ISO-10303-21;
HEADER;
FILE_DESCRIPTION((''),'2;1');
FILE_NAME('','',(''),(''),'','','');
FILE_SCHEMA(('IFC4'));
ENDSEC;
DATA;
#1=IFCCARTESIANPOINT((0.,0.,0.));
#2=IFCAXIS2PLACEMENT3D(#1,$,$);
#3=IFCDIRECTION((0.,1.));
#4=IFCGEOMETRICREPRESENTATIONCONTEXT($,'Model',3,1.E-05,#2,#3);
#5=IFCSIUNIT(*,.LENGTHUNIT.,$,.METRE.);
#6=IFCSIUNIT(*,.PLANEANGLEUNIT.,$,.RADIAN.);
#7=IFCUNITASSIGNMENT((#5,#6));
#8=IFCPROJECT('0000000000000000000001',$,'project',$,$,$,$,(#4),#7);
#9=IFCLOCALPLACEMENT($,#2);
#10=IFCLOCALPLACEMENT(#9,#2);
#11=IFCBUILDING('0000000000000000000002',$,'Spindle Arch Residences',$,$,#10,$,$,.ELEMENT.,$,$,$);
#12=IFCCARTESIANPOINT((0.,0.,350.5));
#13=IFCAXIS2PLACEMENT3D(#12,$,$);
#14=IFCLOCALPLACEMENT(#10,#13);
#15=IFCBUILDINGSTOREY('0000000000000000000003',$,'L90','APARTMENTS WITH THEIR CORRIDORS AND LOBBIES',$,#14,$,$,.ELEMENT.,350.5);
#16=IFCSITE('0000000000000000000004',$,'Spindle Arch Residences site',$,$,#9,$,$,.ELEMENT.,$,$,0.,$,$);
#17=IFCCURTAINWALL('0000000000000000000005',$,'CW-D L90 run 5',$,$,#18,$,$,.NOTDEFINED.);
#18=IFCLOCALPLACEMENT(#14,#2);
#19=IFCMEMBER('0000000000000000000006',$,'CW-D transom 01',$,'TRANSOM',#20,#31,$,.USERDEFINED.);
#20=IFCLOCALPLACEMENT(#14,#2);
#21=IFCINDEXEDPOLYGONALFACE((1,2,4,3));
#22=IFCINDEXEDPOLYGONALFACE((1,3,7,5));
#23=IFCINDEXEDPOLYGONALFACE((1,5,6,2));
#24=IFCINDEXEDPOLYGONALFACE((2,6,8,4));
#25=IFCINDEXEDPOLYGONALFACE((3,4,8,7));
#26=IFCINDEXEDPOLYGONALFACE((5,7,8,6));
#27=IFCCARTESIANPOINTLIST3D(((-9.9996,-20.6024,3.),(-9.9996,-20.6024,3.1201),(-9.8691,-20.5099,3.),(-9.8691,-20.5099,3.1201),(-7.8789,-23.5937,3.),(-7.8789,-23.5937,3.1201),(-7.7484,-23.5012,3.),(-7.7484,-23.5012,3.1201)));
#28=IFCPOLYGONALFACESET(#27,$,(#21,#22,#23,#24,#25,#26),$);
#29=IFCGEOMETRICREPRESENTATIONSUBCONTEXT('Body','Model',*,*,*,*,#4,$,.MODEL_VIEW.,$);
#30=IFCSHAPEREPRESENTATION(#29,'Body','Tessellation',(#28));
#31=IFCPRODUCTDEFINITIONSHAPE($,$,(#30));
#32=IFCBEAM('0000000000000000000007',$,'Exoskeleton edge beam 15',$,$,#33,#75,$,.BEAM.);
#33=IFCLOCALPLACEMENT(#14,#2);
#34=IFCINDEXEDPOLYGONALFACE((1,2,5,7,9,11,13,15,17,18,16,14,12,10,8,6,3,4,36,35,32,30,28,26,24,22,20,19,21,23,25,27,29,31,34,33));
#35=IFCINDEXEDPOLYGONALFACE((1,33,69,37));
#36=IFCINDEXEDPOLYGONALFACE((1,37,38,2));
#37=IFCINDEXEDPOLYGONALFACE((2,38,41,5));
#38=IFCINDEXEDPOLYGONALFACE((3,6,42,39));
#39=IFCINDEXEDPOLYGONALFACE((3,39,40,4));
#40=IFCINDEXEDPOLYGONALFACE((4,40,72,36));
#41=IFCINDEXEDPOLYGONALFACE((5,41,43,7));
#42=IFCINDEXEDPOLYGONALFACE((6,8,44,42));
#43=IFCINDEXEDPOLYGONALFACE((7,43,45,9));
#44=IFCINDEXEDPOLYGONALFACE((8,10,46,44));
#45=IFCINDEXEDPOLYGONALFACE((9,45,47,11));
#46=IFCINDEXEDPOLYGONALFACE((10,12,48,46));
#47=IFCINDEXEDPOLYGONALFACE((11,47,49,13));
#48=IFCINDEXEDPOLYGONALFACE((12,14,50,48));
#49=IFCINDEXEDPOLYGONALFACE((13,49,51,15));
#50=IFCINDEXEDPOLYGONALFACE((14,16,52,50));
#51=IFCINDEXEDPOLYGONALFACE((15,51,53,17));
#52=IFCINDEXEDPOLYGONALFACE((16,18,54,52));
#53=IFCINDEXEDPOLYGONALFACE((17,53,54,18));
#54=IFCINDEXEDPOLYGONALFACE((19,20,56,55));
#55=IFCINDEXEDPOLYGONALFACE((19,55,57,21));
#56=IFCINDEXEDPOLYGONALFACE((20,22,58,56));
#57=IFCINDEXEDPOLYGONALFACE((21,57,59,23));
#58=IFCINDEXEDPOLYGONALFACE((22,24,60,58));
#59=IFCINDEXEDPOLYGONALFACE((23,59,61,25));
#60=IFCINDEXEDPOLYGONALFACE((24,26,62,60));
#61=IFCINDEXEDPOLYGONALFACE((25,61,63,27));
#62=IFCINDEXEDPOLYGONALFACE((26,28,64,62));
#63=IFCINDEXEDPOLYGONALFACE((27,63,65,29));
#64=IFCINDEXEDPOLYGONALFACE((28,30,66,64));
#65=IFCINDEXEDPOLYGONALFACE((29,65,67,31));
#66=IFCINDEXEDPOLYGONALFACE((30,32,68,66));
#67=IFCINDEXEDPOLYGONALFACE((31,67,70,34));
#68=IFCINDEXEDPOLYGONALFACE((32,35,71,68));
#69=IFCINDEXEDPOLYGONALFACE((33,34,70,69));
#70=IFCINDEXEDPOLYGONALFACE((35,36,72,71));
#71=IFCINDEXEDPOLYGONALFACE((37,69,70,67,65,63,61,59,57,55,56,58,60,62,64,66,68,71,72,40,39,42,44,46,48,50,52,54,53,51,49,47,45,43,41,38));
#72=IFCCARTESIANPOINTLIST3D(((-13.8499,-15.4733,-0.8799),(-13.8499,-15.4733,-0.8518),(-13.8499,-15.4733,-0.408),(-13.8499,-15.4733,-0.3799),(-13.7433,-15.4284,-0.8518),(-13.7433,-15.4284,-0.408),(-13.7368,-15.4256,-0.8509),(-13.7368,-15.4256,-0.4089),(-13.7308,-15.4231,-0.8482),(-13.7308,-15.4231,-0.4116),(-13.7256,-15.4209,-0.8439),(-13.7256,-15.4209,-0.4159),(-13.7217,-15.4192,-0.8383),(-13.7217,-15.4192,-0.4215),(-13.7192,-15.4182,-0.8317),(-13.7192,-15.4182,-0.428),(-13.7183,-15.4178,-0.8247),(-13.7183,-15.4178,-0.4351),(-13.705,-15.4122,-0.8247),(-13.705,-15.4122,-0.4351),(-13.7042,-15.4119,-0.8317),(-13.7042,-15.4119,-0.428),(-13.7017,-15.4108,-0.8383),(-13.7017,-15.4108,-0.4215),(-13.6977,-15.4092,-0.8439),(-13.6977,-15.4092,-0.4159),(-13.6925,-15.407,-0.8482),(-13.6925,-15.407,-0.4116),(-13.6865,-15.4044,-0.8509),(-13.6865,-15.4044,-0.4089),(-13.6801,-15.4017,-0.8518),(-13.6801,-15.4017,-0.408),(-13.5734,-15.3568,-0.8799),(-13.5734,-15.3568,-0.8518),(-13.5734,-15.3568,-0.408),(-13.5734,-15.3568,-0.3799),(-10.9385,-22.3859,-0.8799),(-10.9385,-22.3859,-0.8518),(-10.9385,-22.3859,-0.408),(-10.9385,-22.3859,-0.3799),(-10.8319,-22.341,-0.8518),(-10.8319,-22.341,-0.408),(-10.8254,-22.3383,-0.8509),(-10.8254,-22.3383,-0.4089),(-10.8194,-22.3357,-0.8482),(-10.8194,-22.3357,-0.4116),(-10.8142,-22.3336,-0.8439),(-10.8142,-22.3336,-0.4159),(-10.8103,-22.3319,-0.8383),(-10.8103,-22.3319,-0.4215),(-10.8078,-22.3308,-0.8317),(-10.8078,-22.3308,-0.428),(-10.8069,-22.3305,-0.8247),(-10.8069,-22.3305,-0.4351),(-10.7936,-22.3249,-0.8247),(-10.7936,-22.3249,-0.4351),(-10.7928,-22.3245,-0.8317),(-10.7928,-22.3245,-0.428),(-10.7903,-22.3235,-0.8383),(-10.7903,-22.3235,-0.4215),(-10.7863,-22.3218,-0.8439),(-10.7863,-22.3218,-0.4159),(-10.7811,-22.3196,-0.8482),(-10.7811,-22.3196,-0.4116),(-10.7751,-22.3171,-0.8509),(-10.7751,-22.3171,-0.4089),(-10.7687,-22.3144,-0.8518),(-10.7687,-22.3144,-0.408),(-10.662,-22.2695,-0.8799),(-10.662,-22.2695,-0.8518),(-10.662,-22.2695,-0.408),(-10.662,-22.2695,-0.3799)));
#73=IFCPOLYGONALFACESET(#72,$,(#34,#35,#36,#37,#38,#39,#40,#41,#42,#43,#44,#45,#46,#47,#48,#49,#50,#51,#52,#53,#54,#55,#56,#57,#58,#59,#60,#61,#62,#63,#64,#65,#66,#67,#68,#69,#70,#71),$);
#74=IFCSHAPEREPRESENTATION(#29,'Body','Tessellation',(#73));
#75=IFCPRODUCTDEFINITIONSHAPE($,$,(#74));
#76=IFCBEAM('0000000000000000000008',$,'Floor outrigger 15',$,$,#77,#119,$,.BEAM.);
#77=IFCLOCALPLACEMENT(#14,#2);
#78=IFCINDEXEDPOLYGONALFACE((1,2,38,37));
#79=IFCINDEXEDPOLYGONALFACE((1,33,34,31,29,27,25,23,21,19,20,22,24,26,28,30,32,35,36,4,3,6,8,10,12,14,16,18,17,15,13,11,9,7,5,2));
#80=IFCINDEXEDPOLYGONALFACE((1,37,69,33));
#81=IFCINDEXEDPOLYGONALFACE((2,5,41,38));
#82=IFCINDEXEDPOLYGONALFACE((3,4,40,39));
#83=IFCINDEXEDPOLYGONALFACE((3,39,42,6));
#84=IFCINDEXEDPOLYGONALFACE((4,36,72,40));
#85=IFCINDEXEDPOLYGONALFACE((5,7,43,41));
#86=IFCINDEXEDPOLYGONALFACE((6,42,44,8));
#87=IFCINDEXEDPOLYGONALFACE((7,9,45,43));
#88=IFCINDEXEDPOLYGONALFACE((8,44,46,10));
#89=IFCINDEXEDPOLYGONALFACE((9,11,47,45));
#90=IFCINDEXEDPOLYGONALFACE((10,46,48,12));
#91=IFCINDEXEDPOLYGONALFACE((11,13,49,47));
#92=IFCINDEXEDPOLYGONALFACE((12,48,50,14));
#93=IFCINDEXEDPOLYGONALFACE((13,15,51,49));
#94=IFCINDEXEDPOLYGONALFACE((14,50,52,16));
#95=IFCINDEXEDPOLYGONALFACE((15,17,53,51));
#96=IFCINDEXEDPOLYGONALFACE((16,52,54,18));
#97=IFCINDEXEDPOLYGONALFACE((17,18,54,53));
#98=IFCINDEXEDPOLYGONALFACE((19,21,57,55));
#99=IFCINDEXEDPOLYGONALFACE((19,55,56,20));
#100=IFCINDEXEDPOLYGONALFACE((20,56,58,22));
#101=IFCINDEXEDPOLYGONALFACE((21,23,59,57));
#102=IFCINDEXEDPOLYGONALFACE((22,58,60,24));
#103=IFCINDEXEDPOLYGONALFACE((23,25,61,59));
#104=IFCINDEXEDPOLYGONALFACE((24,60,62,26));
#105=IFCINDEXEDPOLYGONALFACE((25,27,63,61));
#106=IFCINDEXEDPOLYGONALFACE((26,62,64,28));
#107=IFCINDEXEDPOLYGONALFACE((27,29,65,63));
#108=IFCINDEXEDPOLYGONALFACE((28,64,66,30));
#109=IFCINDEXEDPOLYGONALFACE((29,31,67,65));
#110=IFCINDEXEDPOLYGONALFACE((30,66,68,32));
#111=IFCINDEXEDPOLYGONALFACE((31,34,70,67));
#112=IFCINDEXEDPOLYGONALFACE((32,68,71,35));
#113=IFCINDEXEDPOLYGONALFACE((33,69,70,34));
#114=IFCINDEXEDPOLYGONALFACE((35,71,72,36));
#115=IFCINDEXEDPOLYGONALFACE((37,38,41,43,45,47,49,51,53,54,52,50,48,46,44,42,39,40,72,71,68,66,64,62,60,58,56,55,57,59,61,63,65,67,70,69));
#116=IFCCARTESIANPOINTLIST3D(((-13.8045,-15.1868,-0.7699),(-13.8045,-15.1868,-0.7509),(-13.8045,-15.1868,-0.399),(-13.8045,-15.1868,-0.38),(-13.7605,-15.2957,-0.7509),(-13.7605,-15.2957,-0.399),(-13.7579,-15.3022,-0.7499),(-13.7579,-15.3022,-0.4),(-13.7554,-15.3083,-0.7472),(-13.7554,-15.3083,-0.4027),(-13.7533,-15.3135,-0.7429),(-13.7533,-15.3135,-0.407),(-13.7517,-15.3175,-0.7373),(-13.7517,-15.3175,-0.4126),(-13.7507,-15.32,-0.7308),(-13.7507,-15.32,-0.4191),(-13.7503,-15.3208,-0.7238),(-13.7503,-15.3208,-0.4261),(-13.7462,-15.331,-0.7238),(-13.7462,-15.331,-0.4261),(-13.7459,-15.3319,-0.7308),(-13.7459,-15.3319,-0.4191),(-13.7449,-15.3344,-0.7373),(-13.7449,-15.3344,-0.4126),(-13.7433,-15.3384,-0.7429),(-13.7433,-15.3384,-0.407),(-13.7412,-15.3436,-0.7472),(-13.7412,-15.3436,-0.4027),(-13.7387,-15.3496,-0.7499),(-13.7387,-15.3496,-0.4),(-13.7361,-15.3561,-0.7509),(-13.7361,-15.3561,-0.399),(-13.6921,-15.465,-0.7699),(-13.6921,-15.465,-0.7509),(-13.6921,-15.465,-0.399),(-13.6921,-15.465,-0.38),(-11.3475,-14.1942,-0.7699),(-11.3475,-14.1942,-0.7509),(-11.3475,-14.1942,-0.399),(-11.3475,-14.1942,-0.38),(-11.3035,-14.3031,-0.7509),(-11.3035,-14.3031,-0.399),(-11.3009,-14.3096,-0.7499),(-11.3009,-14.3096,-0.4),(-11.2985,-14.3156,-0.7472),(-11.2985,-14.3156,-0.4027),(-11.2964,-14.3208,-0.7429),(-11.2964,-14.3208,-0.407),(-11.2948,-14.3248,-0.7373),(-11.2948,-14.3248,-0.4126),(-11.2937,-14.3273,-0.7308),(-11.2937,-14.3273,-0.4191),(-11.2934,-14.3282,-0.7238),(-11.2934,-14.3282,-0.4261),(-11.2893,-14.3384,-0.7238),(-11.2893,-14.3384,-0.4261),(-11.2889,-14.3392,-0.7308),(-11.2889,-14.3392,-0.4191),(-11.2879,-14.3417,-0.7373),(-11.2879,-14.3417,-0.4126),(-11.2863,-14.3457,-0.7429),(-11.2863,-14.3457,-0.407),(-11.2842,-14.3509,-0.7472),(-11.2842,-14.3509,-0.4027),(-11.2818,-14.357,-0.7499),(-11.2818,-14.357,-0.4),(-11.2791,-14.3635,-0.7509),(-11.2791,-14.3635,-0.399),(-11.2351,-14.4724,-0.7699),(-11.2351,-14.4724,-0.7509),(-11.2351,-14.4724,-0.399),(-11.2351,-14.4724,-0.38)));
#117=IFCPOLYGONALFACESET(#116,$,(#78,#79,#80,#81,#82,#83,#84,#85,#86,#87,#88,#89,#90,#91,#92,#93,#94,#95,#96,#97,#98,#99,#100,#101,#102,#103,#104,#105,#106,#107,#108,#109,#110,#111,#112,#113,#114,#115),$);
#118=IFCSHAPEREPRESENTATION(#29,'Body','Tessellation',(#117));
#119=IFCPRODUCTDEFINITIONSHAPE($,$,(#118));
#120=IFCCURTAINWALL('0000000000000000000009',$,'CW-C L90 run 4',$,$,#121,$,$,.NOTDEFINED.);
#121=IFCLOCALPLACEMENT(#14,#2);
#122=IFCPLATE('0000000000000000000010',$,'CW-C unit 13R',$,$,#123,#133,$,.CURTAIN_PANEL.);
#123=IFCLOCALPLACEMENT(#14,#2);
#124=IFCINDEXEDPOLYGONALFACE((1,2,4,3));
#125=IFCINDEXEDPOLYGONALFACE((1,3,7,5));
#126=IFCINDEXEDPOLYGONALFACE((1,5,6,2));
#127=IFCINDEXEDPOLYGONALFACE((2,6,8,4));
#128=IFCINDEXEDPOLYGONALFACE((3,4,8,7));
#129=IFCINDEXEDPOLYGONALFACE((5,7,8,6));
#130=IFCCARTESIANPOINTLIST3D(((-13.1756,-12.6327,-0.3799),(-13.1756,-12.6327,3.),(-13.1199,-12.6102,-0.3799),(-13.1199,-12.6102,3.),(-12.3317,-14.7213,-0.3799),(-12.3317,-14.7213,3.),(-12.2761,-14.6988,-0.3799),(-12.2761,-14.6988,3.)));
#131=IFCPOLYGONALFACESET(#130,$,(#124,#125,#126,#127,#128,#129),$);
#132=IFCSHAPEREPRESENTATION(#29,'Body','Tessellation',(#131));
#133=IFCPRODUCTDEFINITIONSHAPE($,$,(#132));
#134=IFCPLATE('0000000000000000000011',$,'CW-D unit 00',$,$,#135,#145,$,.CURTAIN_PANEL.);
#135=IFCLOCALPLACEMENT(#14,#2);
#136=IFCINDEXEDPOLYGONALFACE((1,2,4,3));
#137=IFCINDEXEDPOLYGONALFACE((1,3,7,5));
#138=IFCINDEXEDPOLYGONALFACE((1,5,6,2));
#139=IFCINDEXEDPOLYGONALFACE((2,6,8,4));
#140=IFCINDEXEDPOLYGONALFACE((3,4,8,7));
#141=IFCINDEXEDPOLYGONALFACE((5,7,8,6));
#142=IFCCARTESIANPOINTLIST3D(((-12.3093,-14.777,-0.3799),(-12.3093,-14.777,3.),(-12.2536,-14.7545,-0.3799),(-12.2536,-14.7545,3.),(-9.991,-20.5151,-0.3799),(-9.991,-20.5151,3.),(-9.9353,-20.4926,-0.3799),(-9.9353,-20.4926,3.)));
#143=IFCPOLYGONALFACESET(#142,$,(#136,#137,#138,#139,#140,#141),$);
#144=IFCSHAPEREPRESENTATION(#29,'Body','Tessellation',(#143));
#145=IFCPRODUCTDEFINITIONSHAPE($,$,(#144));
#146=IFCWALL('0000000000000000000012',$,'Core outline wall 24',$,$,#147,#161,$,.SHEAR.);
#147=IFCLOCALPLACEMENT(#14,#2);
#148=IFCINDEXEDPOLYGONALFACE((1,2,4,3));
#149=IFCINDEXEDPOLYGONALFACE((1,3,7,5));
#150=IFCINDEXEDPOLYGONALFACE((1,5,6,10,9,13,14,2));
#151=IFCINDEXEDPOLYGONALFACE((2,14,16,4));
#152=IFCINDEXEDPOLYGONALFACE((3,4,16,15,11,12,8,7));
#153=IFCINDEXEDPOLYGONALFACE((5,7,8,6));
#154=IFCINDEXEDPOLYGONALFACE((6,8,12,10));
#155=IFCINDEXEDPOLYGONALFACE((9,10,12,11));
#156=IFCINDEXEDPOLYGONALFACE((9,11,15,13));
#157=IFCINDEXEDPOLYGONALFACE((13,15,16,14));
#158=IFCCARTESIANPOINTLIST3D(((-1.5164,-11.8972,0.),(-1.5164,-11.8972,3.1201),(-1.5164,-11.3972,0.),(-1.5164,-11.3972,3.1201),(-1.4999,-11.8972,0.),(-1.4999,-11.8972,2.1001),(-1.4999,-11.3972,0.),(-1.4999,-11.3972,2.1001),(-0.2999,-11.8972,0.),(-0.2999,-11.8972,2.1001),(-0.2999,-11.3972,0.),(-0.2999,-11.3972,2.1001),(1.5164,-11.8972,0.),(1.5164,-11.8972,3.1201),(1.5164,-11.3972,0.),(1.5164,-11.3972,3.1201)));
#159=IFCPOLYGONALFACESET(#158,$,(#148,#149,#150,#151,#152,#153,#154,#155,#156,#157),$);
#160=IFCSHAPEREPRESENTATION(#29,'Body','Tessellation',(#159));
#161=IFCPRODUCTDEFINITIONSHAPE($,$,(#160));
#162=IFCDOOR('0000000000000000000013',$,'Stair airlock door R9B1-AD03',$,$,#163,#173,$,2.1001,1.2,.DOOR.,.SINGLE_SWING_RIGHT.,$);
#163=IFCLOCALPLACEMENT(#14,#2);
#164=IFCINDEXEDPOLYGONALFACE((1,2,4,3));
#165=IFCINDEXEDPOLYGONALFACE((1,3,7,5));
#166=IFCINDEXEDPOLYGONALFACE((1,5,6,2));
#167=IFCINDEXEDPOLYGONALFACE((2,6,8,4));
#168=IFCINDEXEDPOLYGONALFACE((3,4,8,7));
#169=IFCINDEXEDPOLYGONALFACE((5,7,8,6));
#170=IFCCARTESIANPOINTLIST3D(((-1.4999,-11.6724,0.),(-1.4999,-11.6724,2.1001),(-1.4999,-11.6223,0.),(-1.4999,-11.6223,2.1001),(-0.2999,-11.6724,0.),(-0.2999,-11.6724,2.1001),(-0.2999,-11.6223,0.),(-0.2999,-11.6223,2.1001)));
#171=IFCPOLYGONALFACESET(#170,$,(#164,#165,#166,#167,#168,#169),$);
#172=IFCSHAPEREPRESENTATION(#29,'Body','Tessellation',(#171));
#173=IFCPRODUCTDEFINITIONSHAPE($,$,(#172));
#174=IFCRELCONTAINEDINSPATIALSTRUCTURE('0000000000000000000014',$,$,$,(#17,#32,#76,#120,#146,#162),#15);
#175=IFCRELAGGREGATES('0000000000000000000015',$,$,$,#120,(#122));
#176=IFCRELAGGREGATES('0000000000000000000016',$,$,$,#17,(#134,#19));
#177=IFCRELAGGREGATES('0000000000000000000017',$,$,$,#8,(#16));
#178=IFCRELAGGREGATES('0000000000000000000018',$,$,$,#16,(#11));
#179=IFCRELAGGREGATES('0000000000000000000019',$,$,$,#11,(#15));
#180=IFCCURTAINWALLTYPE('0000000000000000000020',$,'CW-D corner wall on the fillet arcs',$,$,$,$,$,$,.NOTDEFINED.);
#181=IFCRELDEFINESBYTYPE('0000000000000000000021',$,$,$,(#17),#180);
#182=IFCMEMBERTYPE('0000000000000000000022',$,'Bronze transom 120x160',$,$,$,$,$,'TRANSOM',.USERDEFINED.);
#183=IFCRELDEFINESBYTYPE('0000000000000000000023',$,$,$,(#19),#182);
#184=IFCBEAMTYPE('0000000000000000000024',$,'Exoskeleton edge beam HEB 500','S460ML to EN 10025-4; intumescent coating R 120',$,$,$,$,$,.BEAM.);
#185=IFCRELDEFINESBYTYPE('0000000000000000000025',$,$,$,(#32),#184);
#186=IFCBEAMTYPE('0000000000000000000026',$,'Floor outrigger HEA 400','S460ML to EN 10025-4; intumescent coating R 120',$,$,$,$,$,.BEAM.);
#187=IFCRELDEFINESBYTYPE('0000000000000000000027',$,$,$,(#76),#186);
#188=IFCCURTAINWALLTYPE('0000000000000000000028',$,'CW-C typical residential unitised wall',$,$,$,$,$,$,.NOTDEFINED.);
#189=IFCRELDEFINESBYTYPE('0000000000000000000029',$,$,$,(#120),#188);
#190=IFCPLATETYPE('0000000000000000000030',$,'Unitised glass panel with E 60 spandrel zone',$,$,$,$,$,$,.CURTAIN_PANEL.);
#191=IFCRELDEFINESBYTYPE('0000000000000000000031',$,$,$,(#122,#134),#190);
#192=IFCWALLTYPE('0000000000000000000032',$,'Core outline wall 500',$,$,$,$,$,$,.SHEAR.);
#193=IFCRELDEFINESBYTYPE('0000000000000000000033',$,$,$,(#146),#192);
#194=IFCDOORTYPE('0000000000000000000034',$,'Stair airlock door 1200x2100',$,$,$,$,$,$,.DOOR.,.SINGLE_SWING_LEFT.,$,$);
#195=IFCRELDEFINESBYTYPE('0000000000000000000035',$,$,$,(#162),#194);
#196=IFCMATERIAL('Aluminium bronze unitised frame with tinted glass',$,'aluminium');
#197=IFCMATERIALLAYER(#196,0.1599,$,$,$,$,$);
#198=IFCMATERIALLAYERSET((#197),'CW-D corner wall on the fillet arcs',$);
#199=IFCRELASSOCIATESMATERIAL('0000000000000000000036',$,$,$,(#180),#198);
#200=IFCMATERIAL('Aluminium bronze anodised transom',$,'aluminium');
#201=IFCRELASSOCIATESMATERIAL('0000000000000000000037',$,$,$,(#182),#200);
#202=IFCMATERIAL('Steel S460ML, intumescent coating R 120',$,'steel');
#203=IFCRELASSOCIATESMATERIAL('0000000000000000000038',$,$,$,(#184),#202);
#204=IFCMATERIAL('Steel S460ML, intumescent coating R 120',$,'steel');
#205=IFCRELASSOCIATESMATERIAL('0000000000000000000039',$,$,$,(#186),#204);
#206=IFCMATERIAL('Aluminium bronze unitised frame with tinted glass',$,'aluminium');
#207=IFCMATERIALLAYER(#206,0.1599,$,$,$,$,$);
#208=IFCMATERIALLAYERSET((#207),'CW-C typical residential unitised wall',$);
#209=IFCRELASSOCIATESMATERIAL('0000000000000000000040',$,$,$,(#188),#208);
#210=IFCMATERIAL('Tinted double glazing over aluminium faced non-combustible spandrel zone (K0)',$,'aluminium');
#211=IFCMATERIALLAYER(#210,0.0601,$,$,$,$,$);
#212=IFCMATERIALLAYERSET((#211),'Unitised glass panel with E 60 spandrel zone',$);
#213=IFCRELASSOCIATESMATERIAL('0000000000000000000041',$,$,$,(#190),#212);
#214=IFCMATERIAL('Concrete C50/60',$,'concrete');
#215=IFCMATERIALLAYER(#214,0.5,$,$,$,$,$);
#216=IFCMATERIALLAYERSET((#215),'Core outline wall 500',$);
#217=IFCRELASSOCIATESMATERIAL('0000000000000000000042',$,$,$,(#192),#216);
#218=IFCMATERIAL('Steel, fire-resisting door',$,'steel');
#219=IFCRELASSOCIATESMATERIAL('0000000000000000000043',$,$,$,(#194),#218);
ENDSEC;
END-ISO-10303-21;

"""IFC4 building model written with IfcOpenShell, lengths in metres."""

from ifc_helpers import new_model, si_unit, direction, frame, frame_2d, origin, origin_2d, place, context, subcontext, project, spatial, rectangle, i_section, extrude, material, layer, layer_set, material_profile, profile_set, type_object, element, fill, aggregate, save


model = new_model("IFC4")

# Units and contexts
model_context = context("Model", 3, precision=1e-05, world=origin(), true_north=direction((0.0, 1.0)))
body_context = subcontext(model_context, "Body", "Model", "MODEL_VIEW")
ifc_project = project(units=[si_unit("LENGTHUNIT", "METRE"), si_unit("PLANEANGLEUNIT", "RADIAN")], contexts=[model_context])

# Site, building, storey
site_placement = place(None, origin())
site = spatial("IfcSite", under=ifc_project, at=site_placement, Name="Spindle Arch Residences site", CompositionType="ELEMENT", RefElevation=0.0)
building_placement = place(site_placement, origin())
building = spatial("IfcBuilding", under=site, at=building_placement, Name="Spindle Arch Residences", CompositionType="ELEMENT")
storey_placement = place(building_placement, frame((0.0, 0.0, 350.5)))
storey = spatial("IfcBuildingStorey", under=building, at=storey_placement, Name="L90", Description="APARTMENTS WITH THEIR CORRIDORS AND LOBBIES", CompositionType="ELEMENT", Elevation=350.5)

# Curtain wall, member
ifc_material_1 = material(Name="Aluminium bronze unitised frame with tinted glass", Category="aluminium")
ifc_layer_1 = layer(ifc_material_1, 0.1599)
ifc_layer_set_1 = layer_set([ifc_layer_1], Name="CW-D corner wall on the fillet arcs")
curtain_wall_type_1 = type_object("IfcCurtainWallType", Name="CW-D corner wall on the fillet arcs", PredefinedType="NOTDEFINED", material=ifc_layer_set_1)
curtain_wall_1_placement = place(storey_placement, origin())
curtain_wall_1 = element("IfcCurtainWall", 1, at=curtain_wall_1_placement, inside=storey, type_object=curtain_wall_type_1, Name="CW-D L90 run 5", PredefinedType="NOTDEFINED")
ifc_material_2 = material(Name="Aluminium bronze anodised transom", Category="aluminium")
ifc_material_profile_1 = material_profile(ifc_material_2, rectangle(XDim=0.1599, YDim=0.1201, at=origin_2d()), Name="TR 120x160")
ifc_profile_set_1 = profile_set([ifc_material_profile_1], Name="Aluminium bronze anodised transom")
member_type_1 = type_object("IfcMemberType", Name="Bronze transom 120x160", ElementType="TRANSOM", PredefinedType="USERDEFINED", material=ifc_profile_set_1)
member_1_placement = place(storey_placement, frame((-9.9343, -20.5562, 3.0601), z_axis=(0.57835, -0.815789, 0.0), x_axis=(0.815789, 0.57835, 0.0)))
member_1 = element("IfcMember", 2, at=member_1_placement, type_object=member_type_1, Name="CW-D transom 01", ObjectType="TRANSOM", PredefinedType="USERDEFINED", context=body_context, shape_type="SweptSolid", body=[
    extrude(rectangle(XDim=0.1599, YDim=0.1201, at=origin_2d()), origin(), (0.0, 0.0, 1.0), 3.6667),
])

# Beams
ifc_material_3 = material(Name="Steel S460ML, intumescent coating R 120", Category="steel")
ifc_material_profile_2 = material_profile(ifc_material_3, i_section(OverallWidth=0.3, OverallDepth=0.5, WebThickness=0.0144, FlangeThickness=0.0281, FilletRadius=0.0271, at=origin_2d()), Name="HEB 500")
ifc_profile_set_2 = profile_set([ifc_material_profile_2], Name="Steel S460ML, intumescent coating R 120")
beam_type_1 = type_object("IfcBeamType", Name="Exoskeleton edge beam HEB 500", Description="S460ML to EN 10025-4; intumescent coating R 120", PredefinedType="BEAM", material=ifc_profile_set_2)
beam_1_placement = place(storey_placement, frame((-13.7117, -15.415, -0.6299), z_axis=(0.388149, -0.921597, 0.0), x_axis=(0.921597, 0.388149, 0.0)))
element("IfcBeam", 3, at=beam_1_placement, inside=storey, type_object=beam_type_1, Name="Exoskeleton edge beam 15", PredefinedType="BEAM", context=body_context, shape_type="SweptSolid", body=[
    extrude(i_section(OverallWidth=0.3, OverallDepth=0.5, WebThickness=0.0144, FlangeThickness=0.0281, FilletRadius=0.0271, at=origin_2d()), origin(), (0.0, 0.0, 1.0), 7.5007),
])
ifc_material_4 = material(Name="Steel S460ML, intumescent coating R 120", Category="steel")
ifc_material_profile_3 = material_profile(ifc_material_4, i_section(OverallWidth=0.3, OverallDepth=0.3899, WebThickness=0.011, FlangeThickness=0.019, FilletRadius=0.0271, at=origin_2d()), Name="HEA 400")
ifc_profile_set_3 = profile_set([ifc_material_profile_3], Name="Steel S460ML, intumescent coating R 120")
beam_type_2 = type_object("IfcBeamType", Name="Floor outrigger HEA 400", Description="S460ML to EN 10025-4; intumescent coating R 120", PredefinedType="BEAM", material=ifc_profile_set_3)
beam_2_placement = place(storey_placement, frame((-13.7483, -15.3259, -0.575), z_axis=(0.927188, 0.374597, 0.0), x_axis=(-0.374597, 0.927188, 0.0)))
element("IfcBeam", 4, at=beam_2_placement, inside=storey, type_object=beam_type_2, Name="Floor outrigger 15", PredefinedType="BEAM", context=body_context, shape_type="SweptSolid", body=[
    extrude(i_section(OverallWidth=0.3, OverallDepth=0.3899, WebThickness=0.011, FlangeThickness=0.019, FilletRadius=0.0271, at=origin_2d()), origin(), (0.0, 0.0, 1.0), 2.6499),
])

# Curtain wall, plate
ifc_material_5 = material(Name="Aluminium bronze unitised frame with tinted glass", Category="aluminium")
ifc_layer_2 = layer(ifc_material_5, 0.1599)
ifc_layer_set_2 = layer_set([ifc_layer_2], Name="CW-C typical residential unitised wall")
curtain_wall_type_2 = type_object("IfcCurtainWallType", Name="CW-C typical residential unitised wall", PredefinedType="NOTDEFINED", material=ifc_layer_set_2)
curtain_wall_2_placement = place(storey_placement, origin())
curtain_wall_2 = element("IfcCurtainWall", 5, at=curtain_wall_2_placement, inside=storey, type_object=curtain_wall_type_2, Name="CW-C L90 run 4", PredefinedType="NOTDEFINED")
ifc_material_6 = material(Name="Tinted double glazing over aluminium faced non-combustible spandrel zone (K0)", Category="aluminium")
ifc_layer_3 = layer(ifc_material_6, 0.0601)
ifc_layer_set_3 = layer_set([ifc_layer_3], Name="Unitised glass panel with E 60 spandrel zone")
plate_type = type_object("IfcPlateType", Name="Unitised glass panel with E 60 spandrel zone", PredefinedType="CURTAIN_PANEL", material=ifc_layer_set_3)
plate_1_placement = place(storey_placement, frame((-12.7258, -13.6658, -0.3799), z_axis=(0.0, 0.0, 1.0), x_axis=(0.374607, -0.927184, 0.0)))
plate_1 = element("IfcPlate", 6, at=plate_1_placement, type_object=plate_type, Name="CW-C unit 13R", PredefinedType="CURTAIN_PANEL", context=body_context, shape_type="SweptSolid", body=[
    extrude(rectangle(XDim=2.2527, YDim=0.0601, at=origin_2d()), origin(), (0.0, 0.0, 1.0), 3.3799),
])
aggregate(curtain_wall_2, [plate_1])

# Plate
plate_2_placement = place(storey_placement, frame((-11.1223, -17.6348, -0.3799), z_axis=(0.0, 0.0, 1.0), x_axis=(0.374607, -0.927184, 0.0)))
plate_2 = element("IfcPlate", 7, at=plate_2_placement, type_object=plate_type, Name="CW-D unit 00", PredefinedType="CURTAIN_PANEL", context=body_context, shape_type="SweptSolid", body=[
    extrude(rectangle(XDim=6.1887, YDim=0.0601, at=origin_2d()), origin(), (0.0, 0.0, 1.0), 3.3799),
])
aggregate(curtain_wall_1, [plate_2, member_1])

# Wall, opening, door
ifc_material_7 = material(Name="Concrete C50/60", Category="concrete")
ifc_layer_4 = layer(ifc_material_7, 0.5)
ifc_layer_set_4 = layer_set([ifc_layer_4], Name="Core outline wall 500")
wall_type_1 = type_object("IfcWallType", Name="Core outline wall 500", PredefinedType="SHEAR", material=ifc_layer_set_4)
wall_1_placement = place(storey_placement, frame((-1.5164, -11.6472, 0.0), z_axis=(0.0, 0.0, 1.0), x_axis=(1.0, 0.0, 0.0)))
wall_1 = element("IfcWall", 8, at=wall_1_placement, inside=storey, type_object=wall_type_1, Name="Core outline wall 24", PredefinedType="SHEAR", context=body_context, shape_type="SweptSolid", body=[
    extrude(rectangle(XDim=3.0327, YDim=0.5, at=frame_2d((1.5164, 0.0))), origin(), (0.0, 0.0, 1.0), 3.1201),
])
opening_1_placement = place(wall_1_placement, frame((0.0164, 0.0, 0.0)))
opening_1 = element("IfcOpeningElement", 9, at=opening_1_placement, cuts=wall_1, PredefinedType="OPENING", context=body_context, shape_type="SweptSolid", body=[
    extrude(rectangle(XDim=1.2, YDim=2.1001, at=frame_2d((0.6001, 1.05))), frame((0.0, 0.26, 0.0), z_axis=(0.0, -1.0, 0.0), x_axis=(1.0, 0.0, 0.0)), (0.0, 0.0, 1.0), 0.52),
])
ifc_material_8 = material(Name="Steel, fire-resisting door", Category="steel")
door_type_1 = type_object("IfcDoorType", Name="Stair airlock door 1200x2100", OperationType="SINGLE_SWING_LEFT", PredefinedType="DOOR", material=ifc_material_8)
door_1_placement = place(opening_1_placement, origin())
door_1 = element("IfcDoor", 10, at=door_1_placement, inside=storey, type_object=door_type_1, Name="Stair airlock door R9B1-AD03", OperationType="SINGLE_SWING_RIGHT", OverallHeight=2.1001, OverallWidth=1.2, PredefinedType="DOOR", context=body_context, shape_type="SweptSolid", body=[
    extrude(rectangle(XDim=1.2, YDim=2.1001, at=frame_2d((0.6001, 1.05))), frame((0.0, 0.0249, 0.0), z_axis=(0.0, -1.0, 0.0), x_axis=(1.0, 0.0, 0.0)), (0.0, 0.0, 1.0), 0.05),
])
fill(opening_1, door_1)

save(model, "model.ifc")
